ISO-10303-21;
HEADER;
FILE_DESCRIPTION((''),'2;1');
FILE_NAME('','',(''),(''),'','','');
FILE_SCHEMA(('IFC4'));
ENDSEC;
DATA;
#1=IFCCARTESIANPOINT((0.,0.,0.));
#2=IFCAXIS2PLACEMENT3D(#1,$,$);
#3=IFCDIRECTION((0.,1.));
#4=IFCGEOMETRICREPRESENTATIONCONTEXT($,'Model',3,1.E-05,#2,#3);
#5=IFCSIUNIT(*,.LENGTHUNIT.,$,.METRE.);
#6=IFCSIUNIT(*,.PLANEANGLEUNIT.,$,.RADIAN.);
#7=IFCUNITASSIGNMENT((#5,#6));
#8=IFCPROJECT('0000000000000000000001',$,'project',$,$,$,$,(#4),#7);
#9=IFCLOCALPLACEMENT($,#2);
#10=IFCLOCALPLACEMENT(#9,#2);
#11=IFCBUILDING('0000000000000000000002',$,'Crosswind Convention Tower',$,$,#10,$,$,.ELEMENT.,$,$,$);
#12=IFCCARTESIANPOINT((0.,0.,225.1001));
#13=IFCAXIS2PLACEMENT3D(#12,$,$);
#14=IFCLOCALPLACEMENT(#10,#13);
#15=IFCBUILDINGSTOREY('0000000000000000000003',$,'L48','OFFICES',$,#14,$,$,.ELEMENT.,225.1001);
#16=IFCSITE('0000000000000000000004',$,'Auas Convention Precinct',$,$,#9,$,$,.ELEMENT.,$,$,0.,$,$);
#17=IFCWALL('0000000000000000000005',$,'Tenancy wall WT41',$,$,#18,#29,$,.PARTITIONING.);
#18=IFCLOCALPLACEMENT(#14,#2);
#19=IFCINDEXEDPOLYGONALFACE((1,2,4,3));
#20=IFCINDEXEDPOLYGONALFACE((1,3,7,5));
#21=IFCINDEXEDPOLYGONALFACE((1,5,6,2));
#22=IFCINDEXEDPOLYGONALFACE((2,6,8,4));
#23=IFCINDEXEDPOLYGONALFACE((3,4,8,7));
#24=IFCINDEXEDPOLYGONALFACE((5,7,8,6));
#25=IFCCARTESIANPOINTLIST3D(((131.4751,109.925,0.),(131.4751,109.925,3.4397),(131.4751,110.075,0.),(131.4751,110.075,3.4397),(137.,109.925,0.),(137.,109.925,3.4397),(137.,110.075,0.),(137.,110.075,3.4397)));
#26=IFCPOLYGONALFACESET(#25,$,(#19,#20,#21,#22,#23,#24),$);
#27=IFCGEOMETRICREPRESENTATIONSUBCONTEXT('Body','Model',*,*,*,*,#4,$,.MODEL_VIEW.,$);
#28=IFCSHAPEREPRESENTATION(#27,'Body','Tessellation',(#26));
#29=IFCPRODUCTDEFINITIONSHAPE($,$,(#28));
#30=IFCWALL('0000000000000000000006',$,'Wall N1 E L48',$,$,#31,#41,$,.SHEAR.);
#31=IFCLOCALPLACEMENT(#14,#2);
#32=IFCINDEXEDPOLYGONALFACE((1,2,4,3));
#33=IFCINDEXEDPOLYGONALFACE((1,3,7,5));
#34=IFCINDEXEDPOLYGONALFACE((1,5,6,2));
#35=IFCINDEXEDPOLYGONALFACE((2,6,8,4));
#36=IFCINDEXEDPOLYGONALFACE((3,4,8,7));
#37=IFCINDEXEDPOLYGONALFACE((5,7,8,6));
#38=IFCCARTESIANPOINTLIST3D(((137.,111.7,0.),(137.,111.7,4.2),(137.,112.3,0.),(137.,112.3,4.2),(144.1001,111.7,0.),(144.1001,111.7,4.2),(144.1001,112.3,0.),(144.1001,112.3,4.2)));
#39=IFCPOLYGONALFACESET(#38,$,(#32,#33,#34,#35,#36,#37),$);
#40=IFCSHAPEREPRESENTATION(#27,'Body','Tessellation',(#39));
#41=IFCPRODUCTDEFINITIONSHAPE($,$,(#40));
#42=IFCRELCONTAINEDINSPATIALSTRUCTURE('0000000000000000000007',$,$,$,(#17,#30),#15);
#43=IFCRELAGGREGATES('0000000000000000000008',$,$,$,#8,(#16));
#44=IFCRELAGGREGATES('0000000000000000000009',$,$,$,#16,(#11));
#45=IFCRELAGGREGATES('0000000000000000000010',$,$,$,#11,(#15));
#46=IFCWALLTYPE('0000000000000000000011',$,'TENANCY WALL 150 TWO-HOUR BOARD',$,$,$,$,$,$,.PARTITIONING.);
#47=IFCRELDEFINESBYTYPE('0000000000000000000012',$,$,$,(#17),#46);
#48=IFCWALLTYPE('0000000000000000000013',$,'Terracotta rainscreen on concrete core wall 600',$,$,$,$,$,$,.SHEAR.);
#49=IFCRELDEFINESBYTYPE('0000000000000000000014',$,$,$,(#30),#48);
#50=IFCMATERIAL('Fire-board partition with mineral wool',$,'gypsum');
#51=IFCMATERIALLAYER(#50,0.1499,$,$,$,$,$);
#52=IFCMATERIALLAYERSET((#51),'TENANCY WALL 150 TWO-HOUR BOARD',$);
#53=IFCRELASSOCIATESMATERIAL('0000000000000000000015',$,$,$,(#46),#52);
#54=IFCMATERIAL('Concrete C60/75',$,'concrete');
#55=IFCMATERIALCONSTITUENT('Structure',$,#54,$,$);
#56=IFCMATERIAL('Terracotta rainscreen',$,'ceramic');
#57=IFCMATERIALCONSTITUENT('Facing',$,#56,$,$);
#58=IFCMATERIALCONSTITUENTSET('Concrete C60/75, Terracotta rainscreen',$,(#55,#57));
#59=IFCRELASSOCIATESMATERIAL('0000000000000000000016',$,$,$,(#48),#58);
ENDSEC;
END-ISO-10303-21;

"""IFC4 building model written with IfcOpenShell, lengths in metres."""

from ifc_helpers import new_model, si_unit, direction, frame, frame_2d, origin, place, context, subcontext, project, spatial, rectangle, extrude, material, layer, layer_set, constituent, constituent_set, type_object, element, save


model = new_model("IFC4")

# Units and contexts
model_context = context("Model", 3, precision=1e-05, world=origin(), true_north=direction((0.0, 1.0)))
body_context = subcontext(model_context, "Body", "Model", "MODEL_VIEW")
ifc_project = project(units=[si_unit("LENGTHUNIT", "METRE"), si_unit("PLANEANGLEUNIT", "RADIAN")], contexts=[model_context])

# Site, building, storey
site_placement = place(None, origin())
site = spatial("IfcSite", under=ifc_project, at=site_placement, Name="Auas Convention Precinct", CompositionType="ELEMENT", RefElevation=0.0)
building_placement = place(site_placement, origin())
building = spatial("IfcBuilding", under=site, at=building_placement, Name="Crosswind Convention Tower", CompositionType="ELEMENT")
storey_placement = place(building_placement, frame((0.0, 0.0, 225.1001)))
storey = spatial("IfcBuildingStorey", under=building, at=storey_placement, Name="L48", Description="OFFICES", CompositionType="ELEMENT", Elevation=225.1001)

# Shared definitions
ifc_material_1 = material(Name="Concrete C60/75", Category="concrete")

# Shared definitions
ifc_material_2 = material(Name="Fire-board partition with mineral wool", Category="gypsum")
ifc_layer_1 = layer(ifc_material_2, 0.1499)
ifc_layer_set_1 = layer_set([ifc_layer_1], Name="TENANCY WALL 150 TWO-HOUR BOARD")
wall_type_1 = type_object("IfcWallType", Name="TENANCY WALL 150 TWO-HOUR BOARD", PredefinedType="PARTITIONING", material=ifc_layer_set_1)

# Walls
for number, where, z_axis, x_axis, name in (
    (1, (131.4751, 110.0, 0.0), (0.0, 0.0, 1.0), (1.0, 0.0, 0.0), "Tenancy wall WT41"),
):
    element("IfcWall", number, at=place(storey_placement, frame(where, z_axis=z_axis, x_axis=x_axis)), inside=storey, type_object=wall_type_1, Name=name, PredefinedType="PARTITIONING", context=body_context, shape_type="SweptSolid", body=[
        extrude(rectangle(XDim=5.5249, YDim=0.1499, at=frame_2d((2.7625, 0.0))), origin(), (0.0, 0.0, 1.0), 3.4397),
    ])
ifc_constituent_1 = constituent(ifc_material_1, Name="Structure")
ifc_material_3 = material(Name="Terracotta rainscreen", Category="ceramic")
ifc_constituent_2 = constituent(ifc_material_3, Name="Facing")
ifc_constituent_set = constituent_set(constituents=[ifc_constituent_1, ifc_constituent_2], Name="Concrete C60/75, Terracotta rainscreen")
wall_type_2 = type_object("IfcWallType", Name="Terracotta rainscreen on concrete core wall 600", PredefinedType="SHEAR", material=ifc_constituent_set)
wall_1_placement = place(storey_placement, frame((137.0, 112.0, 0.0), z_axis=(0.0, 0.0, 1.0), x_axis=(1.0, 0.0, 0.0)))
element("IfcWall", 2, at=wall_1_placement, inside=storey, type_object=wall_type_2, Name="Wall N1 E L48", PredefinedType="SHEAR", context=body_context, shape_type="SweptSolid", body=[
    extrude(rectangle(XDim=7.1001, YDim=0.6001, at=frame_2d((3.55, 0.0))), origin(), (0.0, 0.0, 1.0), 4.2),
])

save(model, "model.ifc")
